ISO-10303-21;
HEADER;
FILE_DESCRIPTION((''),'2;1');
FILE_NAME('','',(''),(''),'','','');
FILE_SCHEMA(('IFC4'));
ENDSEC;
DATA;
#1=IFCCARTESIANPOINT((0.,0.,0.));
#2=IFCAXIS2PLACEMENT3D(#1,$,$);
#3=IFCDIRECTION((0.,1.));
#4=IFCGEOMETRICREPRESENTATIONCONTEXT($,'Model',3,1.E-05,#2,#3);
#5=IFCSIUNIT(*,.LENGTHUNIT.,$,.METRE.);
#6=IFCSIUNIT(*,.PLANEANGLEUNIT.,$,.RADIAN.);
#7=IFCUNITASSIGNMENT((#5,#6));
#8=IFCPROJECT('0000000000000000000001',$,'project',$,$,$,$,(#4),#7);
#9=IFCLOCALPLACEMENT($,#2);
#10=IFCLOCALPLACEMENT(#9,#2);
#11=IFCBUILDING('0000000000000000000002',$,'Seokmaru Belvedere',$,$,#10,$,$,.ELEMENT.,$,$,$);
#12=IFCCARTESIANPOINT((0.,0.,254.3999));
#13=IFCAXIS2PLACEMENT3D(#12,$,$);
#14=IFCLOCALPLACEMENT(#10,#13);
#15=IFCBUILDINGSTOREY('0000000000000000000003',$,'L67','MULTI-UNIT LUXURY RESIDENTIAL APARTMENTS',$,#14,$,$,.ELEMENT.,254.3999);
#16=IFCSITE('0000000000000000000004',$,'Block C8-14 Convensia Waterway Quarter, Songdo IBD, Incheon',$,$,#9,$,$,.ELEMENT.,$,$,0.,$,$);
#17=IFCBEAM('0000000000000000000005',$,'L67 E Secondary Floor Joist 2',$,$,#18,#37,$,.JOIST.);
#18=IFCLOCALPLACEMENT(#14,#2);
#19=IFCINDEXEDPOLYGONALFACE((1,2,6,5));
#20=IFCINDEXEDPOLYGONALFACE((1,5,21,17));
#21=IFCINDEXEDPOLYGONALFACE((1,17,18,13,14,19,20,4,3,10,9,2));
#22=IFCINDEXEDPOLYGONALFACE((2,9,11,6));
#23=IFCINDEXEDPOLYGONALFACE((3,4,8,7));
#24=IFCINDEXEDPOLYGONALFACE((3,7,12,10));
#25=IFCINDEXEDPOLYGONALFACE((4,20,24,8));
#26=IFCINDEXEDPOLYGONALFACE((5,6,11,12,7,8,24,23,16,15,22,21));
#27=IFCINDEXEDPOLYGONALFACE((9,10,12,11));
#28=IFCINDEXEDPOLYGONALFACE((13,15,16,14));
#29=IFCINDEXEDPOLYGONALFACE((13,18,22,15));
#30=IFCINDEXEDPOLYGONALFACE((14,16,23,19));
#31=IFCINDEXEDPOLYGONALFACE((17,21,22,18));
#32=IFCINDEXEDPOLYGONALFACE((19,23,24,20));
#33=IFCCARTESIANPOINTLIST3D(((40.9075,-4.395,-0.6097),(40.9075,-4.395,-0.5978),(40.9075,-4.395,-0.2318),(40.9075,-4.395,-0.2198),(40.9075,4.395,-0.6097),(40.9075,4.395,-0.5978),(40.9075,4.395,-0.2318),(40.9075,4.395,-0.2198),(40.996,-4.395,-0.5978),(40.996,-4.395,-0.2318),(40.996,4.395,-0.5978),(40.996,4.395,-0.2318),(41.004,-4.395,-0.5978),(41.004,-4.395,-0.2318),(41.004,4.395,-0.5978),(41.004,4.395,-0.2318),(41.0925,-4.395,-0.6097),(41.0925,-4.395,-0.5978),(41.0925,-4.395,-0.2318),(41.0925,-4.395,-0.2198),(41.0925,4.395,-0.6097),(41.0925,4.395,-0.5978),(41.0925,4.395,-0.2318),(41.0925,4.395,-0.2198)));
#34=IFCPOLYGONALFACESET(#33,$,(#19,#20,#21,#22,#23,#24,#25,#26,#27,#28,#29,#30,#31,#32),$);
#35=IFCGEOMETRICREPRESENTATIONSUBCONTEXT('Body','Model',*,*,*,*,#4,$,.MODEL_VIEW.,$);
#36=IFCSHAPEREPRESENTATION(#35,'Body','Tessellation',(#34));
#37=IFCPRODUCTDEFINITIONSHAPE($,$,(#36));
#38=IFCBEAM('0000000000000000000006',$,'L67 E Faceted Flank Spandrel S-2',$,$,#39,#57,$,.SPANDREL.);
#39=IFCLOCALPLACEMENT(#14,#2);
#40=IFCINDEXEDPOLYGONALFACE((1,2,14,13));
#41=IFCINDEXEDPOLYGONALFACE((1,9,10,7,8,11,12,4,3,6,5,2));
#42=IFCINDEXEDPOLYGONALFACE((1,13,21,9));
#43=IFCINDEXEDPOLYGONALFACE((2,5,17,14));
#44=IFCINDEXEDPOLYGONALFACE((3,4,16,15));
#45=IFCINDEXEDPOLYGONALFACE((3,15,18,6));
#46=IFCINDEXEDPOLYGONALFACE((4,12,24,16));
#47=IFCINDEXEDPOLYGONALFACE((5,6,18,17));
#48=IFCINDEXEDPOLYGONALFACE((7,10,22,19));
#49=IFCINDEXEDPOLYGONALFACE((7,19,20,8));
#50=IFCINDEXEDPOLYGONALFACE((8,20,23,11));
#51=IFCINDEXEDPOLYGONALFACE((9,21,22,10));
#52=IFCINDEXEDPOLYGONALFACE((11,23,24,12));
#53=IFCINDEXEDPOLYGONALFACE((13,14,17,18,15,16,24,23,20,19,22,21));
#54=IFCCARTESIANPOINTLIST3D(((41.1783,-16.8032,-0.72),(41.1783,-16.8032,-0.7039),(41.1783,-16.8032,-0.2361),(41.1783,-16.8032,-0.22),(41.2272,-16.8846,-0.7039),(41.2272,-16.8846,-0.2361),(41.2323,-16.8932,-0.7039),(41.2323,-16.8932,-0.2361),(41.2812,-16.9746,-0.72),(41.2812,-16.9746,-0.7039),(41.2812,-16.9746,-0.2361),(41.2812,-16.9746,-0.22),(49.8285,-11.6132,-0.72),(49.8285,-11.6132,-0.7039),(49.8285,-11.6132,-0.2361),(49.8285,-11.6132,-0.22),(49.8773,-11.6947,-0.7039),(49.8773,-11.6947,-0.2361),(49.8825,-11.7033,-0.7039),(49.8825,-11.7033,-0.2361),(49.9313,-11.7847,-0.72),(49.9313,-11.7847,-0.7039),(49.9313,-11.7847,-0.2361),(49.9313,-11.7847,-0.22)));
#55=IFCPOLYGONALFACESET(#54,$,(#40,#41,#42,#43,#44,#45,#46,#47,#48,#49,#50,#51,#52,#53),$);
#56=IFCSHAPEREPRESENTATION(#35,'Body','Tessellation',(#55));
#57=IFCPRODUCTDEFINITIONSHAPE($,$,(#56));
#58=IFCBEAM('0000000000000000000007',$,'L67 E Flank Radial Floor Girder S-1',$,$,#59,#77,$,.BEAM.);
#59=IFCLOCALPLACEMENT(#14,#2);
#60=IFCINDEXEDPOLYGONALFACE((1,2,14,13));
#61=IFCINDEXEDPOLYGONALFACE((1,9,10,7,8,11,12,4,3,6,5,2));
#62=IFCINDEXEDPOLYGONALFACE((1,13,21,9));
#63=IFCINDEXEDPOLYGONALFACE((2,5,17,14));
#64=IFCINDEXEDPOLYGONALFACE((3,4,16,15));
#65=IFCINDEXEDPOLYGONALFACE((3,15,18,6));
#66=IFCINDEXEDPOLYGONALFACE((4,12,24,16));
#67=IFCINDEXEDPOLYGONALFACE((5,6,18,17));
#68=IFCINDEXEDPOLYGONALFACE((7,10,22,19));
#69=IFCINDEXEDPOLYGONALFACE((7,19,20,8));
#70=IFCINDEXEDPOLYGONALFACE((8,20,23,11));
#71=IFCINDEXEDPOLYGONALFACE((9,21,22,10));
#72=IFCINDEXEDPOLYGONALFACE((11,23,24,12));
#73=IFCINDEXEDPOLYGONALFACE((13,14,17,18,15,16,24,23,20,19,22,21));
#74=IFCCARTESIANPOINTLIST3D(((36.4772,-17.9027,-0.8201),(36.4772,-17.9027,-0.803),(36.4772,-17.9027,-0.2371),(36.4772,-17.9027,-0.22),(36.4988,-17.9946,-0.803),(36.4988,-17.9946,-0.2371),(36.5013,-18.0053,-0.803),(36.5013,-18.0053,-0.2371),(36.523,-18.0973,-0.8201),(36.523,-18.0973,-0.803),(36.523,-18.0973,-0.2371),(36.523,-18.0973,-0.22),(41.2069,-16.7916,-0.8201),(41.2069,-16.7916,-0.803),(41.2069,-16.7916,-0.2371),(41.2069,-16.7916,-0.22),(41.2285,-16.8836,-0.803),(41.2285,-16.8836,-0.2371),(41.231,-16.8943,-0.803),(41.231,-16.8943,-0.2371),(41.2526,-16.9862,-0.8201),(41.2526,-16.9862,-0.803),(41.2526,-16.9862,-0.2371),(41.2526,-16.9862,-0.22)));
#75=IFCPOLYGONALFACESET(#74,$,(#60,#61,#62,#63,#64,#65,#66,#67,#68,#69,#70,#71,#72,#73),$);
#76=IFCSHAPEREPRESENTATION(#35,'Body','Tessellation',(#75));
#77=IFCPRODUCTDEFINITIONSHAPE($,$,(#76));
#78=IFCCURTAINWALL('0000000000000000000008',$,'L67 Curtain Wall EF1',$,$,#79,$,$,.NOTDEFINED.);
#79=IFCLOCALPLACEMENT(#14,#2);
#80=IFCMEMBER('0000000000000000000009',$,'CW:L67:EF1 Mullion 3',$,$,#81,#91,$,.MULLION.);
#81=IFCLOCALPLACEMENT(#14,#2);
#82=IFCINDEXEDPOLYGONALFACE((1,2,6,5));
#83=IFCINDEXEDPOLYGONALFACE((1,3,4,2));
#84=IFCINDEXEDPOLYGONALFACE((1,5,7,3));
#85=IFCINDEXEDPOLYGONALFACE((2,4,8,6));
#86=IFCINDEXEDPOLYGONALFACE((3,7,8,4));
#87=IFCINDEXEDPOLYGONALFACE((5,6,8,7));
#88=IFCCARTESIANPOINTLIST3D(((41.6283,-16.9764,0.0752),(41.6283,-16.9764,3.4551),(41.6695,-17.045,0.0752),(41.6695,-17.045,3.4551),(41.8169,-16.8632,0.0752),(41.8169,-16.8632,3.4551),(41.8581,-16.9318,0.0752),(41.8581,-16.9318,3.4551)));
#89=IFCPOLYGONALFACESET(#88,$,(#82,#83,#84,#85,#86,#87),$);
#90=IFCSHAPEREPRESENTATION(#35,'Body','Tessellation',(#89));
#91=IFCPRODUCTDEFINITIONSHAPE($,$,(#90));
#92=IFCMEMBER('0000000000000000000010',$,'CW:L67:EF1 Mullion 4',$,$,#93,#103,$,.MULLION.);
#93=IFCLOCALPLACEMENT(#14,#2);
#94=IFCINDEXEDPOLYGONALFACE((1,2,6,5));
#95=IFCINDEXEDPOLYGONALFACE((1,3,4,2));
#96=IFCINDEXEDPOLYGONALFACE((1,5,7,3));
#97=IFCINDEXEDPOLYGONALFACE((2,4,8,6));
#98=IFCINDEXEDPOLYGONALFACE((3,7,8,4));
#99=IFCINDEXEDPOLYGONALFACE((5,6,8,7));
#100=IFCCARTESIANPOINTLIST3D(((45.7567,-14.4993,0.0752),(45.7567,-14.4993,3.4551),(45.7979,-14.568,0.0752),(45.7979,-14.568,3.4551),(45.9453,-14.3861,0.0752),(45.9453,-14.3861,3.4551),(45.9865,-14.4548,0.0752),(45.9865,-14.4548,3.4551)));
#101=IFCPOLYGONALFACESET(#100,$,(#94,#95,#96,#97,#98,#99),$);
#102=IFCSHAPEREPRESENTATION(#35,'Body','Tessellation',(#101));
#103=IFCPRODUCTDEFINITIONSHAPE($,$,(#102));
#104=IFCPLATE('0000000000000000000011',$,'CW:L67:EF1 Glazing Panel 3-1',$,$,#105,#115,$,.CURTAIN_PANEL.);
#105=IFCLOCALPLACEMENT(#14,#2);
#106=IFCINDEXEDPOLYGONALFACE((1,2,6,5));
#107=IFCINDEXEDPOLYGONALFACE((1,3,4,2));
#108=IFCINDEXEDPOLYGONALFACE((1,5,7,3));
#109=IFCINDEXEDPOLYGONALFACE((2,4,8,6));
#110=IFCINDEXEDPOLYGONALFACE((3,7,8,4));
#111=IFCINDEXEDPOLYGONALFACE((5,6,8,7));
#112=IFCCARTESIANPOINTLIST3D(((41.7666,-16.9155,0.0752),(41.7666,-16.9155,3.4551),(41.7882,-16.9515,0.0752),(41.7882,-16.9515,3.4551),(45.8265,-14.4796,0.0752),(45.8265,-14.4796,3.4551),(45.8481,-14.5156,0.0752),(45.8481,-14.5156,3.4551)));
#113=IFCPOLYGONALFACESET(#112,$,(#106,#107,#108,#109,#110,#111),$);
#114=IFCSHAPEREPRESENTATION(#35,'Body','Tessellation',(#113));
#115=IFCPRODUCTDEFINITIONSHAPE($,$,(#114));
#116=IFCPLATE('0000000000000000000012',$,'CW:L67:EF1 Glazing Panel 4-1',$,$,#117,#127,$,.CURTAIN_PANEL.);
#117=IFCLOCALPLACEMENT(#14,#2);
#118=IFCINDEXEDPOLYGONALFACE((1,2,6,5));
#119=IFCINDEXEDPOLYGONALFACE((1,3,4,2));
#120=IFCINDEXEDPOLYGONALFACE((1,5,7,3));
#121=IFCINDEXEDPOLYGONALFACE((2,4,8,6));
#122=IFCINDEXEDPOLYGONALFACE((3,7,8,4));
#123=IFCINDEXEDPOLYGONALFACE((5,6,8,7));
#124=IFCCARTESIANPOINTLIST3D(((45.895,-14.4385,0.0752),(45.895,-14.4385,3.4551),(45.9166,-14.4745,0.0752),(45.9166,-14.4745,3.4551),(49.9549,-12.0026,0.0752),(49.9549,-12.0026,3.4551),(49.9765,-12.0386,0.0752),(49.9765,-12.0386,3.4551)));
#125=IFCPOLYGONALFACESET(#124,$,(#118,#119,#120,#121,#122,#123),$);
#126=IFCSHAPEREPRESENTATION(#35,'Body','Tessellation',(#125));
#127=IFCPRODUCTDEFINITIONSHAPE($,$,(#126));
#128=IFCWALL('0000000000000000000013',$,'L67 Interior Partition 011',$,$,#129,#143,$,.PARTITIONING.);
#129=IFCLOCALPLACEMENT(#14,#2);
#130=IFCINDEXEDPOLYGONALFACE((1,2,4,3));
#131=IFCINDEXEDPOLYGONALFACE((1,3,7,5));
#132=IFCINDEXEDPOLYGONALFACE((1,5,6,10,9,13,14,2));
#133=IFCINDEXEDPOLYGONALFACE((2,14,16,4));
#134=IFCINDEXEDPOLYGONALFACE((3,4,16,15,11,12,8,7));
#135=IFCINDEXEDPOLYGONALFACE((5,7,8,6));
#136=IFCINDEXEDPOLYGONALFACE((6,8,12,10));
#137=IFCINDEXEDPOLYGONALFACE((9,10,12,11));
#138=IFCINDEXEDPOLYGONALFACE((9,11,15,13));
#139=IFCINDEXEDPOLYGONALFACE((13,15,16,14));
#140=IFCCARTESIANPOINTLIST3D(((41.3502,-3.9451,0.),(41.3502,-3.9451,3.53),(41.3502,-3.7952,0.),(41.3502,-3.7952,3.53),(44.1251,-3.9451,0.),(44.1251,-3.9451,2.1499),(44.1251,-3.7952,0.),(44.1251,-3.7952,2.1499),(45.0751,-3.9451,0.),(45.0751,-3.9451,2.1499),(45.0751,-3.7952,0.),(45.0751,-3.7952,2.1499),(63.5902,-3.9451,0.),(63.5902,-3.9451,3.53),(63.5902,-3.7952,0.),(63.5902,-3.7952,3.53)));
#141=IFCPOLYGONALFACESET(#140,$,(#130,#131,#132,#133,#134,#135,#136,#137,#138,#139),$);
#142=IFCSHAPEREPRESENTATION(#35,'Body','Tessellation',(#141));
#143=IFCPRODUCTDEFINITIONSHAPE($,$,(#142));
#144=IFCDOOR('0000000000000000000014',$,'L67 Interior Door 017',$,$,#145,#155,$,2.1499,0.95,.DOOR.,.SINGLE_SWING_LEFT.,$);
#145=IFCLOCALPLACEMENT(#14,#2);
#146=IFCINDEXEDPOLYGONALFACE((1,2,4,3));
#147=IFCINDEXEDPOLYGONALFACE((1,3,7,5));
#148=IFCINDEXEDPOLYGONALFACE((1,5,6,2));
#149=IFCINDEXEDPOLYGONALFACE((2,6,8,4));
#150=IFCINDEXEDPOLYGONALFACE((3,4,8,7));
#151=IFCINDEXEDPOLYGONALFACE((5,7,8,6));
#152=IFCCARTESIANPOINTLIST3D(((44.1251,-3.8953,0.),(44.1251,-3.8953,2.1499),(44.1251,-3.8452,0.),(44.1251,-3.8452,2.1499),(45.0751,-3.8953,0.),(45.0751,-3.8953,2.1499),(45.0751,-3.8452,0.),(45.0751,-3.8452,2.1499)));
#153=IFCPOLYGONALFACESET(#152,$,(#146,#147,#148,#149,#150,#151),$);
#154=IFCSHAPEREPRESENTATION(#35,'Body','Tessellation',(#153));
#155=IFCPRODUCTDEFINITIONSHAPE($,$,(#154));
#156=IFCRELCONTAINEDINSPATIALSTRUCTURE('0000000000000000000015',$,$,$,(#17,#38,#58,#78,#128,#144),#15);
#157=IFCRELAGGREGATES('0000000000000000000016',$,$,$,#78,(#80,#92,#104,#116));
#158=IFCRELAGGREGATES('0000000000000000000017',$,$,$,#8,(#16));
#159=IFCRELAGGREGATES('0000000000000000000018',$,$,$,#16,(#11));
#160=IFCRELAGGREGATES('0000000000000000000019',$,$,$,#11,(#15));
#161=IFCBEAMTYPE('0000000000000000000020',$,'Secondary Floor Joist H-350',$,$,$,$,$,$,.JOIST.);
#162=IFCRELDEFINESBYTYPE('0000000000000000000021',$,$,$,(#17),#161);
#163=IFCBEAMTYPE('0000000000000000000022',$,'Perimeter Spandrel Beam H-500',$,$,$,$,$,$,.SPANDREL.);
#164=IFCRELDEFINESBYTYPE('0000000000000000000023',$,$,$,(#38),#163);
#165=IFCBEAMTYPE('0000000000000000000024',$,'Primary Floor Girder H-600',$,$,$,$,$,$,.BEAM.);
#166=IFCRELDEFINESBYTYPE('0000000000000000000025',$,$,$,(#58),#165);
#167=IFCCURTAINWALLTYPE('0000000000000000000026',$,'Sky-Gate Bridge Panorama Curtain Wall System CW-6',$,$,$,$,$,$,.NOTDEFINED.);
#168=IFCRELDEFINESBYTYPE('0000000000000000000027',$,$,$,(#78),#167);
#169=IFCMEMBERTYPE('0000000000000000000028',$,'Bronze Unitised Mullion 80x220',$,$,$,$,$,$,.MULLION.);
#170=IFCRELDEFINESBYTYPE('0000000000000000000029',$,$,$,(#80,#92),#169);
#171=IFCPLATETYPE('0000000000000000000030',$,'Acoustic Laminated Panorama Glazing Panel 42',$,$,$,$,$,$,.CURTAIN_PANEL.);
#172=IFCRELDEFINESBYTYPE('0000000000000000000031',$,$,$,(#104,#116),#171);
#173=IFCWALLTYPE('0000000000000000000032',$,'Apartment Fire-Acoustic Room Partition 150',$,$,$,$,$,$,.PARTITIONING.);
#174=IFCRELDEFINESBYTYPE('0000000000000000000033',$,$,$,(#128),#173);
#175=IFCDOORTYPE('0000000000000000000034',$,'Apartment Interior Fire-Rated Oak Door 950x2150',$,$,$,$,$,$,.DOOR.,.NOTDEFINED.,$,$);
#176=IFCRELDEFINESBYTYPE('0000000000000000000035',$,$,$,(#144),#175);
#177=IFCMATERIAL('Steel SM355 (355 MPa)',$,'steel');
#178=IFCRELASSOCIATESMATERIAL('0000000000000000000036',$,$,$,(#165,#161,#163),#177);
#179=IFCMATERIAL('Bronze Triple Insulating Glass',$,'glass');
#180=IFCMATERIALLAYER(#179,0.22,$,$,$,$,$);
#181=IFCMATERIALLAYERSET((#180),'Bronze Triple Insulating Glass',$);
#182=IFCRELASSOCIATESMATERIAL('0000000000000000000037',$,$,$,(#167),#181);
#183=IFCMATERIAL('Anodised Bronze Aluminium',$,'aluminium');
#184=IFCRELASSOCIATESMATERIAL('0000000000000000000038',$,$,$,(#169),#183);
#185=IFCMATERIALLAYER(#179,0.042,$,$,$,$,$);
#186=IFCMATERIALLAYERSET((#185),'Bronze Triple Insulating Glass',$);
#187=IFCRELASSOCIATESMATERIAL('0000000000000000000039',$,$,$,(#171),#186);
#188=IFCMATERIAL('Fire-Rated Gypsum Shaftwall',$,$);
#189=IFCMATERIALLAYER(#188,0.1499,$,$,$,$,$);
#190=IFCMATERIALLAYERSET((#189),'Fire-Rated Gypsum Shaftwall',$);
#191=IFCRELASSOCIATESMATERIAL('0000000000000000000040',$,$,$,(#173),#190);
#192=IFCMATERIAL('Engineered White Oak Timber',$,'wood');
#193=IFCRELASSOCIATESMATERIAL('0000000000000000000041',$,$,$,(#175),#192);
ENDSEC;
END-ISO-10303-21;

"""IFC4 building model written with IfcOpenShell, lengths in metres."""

from ifc_helpers import new_model, si_unit, direction, frame, frame_2d, origin, origin_2d, place, context, subcontext, project, spatial, rectangle, i_section, extrude, source, transform, mapped, material, layer, layer_set, material_profile, profile_set, type_object, type_shapes, element, fill, aggregate, save


model = new_model("IFC4")

# Units and contexts
model_context = context("Model", 3, precision=1e-05, world=origin(), true_north=direction((0.0, 1.0)))
body_context = subcontext(model_context, "Body", "Model", "MODEL_VIEW")
ifc_project = project(units=[si_unit("LENGTHUNIT", "METRE"), si_unit("PLANEANGLEUNIT", "RADIAN")], contexts=[model_context])

# Site, building, storey
site_placement = place(None, origin())
site = spatial("IfcSite", under=ifc_project, at=site_placement, Name="Block C8-14 Convensia Waterway Quarter, Songdo IBD, Incheon", CompositionType="ELEMENT", RefElevation=0.0)
building_placement = place(site_placement, origin())
building = spatial("IfcBuilding", under=site, at=building_placement, Name="Seokmaru Belvedere", CompositionType="ELEMENT")
storey_placement = place(building_placement, frame((0.0, 0.0, 254.3999)))
storey = spatial("IfcBuildingStorey", under=building, at=storey_placement, Name="L67", Description="MULTI-UNIT LUXURY RESIDENTIAL APARTMENTS", CompositionType="ELEMENT", Elevation=254.3999)

# Shared definitions
ifc_material_1 = material(Name="Steel SM355 (355 MPa)", Category="steel")

# Beams
ifc_material_profile_1 = material_profile(ifc_material_1, i_section(OverallWidth=0.2, OverallDepth=0.6001, WebThickness=0.011, FlangeThickness=0.0171, at=origin_2d()), Name="H-600x200x11x17")
ifc_profile_set_1 = profile_set([ifc_material_profile_1], Name="Steel SM355 (355 MPa)")
beam_type_1 = type_object("IfcBeamType", Name="Primary Floor Girder H-600", PredefinedType="BEAM", material=ifc_profile_set_1)
ifc_material_profile_2 = material_profile(ifc_material_1, i_section(OverallWidth=0.1851, OverallDepth=0.3899, WebThickness=0.0081, FlangeThickness=0.012, at=origin_2d()), Name="H-390x185x8x12")
ifc_profile_set_2 = profile_set([ifc_material_profile_2], Name="Steel SM355 (355 MPa)")
beam_type_2 = type_object("IfcBeamType", Name="Secondary Floor Joist H-350", PredefinedType="JOIST", material=ifc_profile_set_2)
shared_shape_1 = source(origin(), body_context, "Body", "SweptSolid", [
    extrude(i_section(OverallWidth=0.1851, OverallDepth=0.3899, WebThickness=0.0081, FlangeThickness=0.012, at=origin_2d()), origin(), (0.0, 0.0, 1.0), 8.79),
])
type_shapes(beam_type_2, [shared_shape_1])
for number, where, z_axis, x_axis, name in (
    (1, (41.0, -4.395, -0.4148), (0.0, 1.0, 0.0), (-1.0, 0.0, 0.0), "L67 E Secondary Floor Joist 2"),
):
    element("IfcBeam", number, at=place(storey_placement, frame(where, z_axis=z_axis, x_axis=x_axis)), inside=storey, type_object=beam_type_2, Name=name, PredefinedType="JOIST", context=body_context, shape_type="MappedRepresentation", body=[
        mapped(shared_shape_1, transform((0.0, 0.0, 0.0), scale=1.0)),
    ])
ifc_material_profile_3 = material_profile(ifc_material_1, i_section(OverallWidth=0.2, OverallDepth=0.5, WebThickness=0.01, FlangeThickness=0.0161, at=origin_2d()), Name="H-500x200x10x16")
ifc_profile_set_3 = profile_set([ifc_material_profile_3], Name="Steel SM355 (355 MPa)")
beam_type_3 = type_object("IfcBeamType", Name="Perimeter Spandrel Beam H-500", PredefinedType="SPANDREL", material=ifc_profile_set_3)
shared_shape_2 = source(origin(), body_context, "Body", "SweptSolid", [
    extrude(i_section(OverallWidth=0.2, OverallDepth=0.5, WebThickness=0.01, FlangeThickness=0.0161, at=origin_2d()), origin(), (0.0, 0.0, 1.0), 10.0876),
])
type_shapes(beam_type_3, [shared_shape_2])
beam_1_placement = place(storey_placement, frame((41.2297, -16.8889, -0.47), z_axis=(0.857499, 0.514485, 0.0), x_axis=(-0.514485, 0.857499, 0.0)))
element("IfcBeam", 2, at=beam_1_placement, inside=storey, type_object=beam_type_3, Name="L67 E Faceted Flank Spandrel S-2", PredefinedType="SPANDREL", context=body_context, shape_type="MappedRepresentation", body=[
    mapped(shared_shape_2, transform((0.0, 0.0, 0.0), scale=1.0)),
])
shared_shape_3 = source(origin(), body_context, "Body", "SweptSolid", [
    extrude(i_section(OverallWidth=0.2, OverallDepth=0.6001, WebThickness=0.011, FlangeThickness=0.0171, at=origin_2d()), origin(), (0.0, 0.0, 1.0), 4.8584),
])
beam_2_placement = place(storey_placement, frame((41.2297, -16.8889, -0.52), z_axis=(-0.973499, -0.228689, 0.0), x_axis=(0.228689, -0.973499, 0.0)))
element("IfcBeam", 3, at=beam_2_placement, inside=storey, type_object=beam_type_1, Name="L67 E Flank Radial Floor Girder S-1", PredefinedType="BEAM", context=body_context, shape_type="MappedRepresentation", body=[
    mapped(shared_shape_3, transform((0.0, 0.0, 0.0), scale=1.0)),
])

# Curtain wall, members, plates
ifc_material_2 = material(Name="Bronze Triple Insulating Glass", Category="glass")
ifc_layer_1 = layer(ifc_material_2, 0.22)
ifc_layer_set_1 = layer_set([ifc_layer_1], Name="Bronze Triple Insulating Glass")
curtain_wall_type = type_object("IfcCurtainWallType", Name="Sky-Gate Bridge Panorama Curtain Wall System CW-6", PredefinedType="NOTDEFINED", material=ifc_layer_set_1)
curtain_wall_placement = place(storey_placement, origin())
curtain_wall = element("IfcCurtainWall", 4, at=curtain_wall_placement, inside=storey, type_object=curtain_wall_type, Name="L67 Curtain Wall EF1", PredefinedType="NOTDEFINED")
ifc_material_3 = material(Name="Anodised Bronze Aluminium", Category="aluminium")
ifc_material_profile_4 = material_profile(ifc_material_3, rectangle(XDim=0.0801, YDim=0.22, at=origin_2d()), Name="CW-M-80x220")
ifc_profile_set_4 = profile_set([ifc_material_profile_4], Name="Anodised Bronze Aluminium")
member_type = type_object("IfcMemberType", Name="Bronze Unitised Mullion 80x220", PredefinedType="MULLION", material=ifc_profile_set_4)
shared_shape_4 = source(origin(), body_context, "Body", "SweptSolid", [
    extrude(rectangle(XDim=0.0801, YDim=0.22, at=origin_2d()), origin(), (0.0, 0.0, 1.0), 3.3799),
])
type_shapes(member_type, [shared_shape_4])
member_1_placement = place(storey_placement, frame((41.7432, -16.9541, 0.0752), z_axis=(0.0, 0.0, 1.0), x_axis=(-0.514495, 0.857493, 0.0)))
member_1 = element("IfcMember", 5, at=member_1_placement, type_object=member_type, Name="CW:L67:EF1 Mullion 3", PredefinedType="MULLION", context=body_context, shape_type="MappedRepresentation", body=[
    mapped(shared_shape_4, transform((0.0, 0.0, 0.0), scale=1.0)),
])
member_2_placement = place(storey_placement, frame((45.8716, -14.4771, 0.0752), z_axis=(0.0, 0.0, 1.0), x_axis=(-0.514495, 0.857493, 0.0)))
member_2 = element("IfcMember", 6, at=member_2_placement, type_object=member_type, Name="CW:L67:EF1 Mullion 4", PredefinedType="MULLION", context=body_context, shape_type="MappedRepresentation", body=[
    mapped(shared_shape_4, transform((0.0, 0.0, 0.0), scale=1.0)),
])
ifc_layer_2 = layer(ifc_material_2, 0.042)
ifc_layer_set_2 = layer_set([ifc_layer_2], Name="Bronze Triple Insulating Glass")
plate_type = type_object("IfcPlateType", Name="Acoustic Laminated Panorama Glazing Panel 42", PredefinedType="CURTAIN_PANEL", material=ifc_layer_set_2)
shared_shape_5 = source(origin(), body_context, "Body", "SweptSolid", [
    extrude(rectangle(XDim=4.7346, YDim=0.042, at=origin_2d()), origin(), (0.0, 0.0, 1.0), 3.3799),
])
type_shapes(plate_type, [shared_shape_5])
plate_1_placement = place(storey_placement, frame((43.8074, -15.7156, 0.0752), z_axis=(0.0, 0.0, 1.0), x_axis=(0.857493, 0.514495, 0.0)))
plate_1 = element("IfcPlate", 7, at=plate_1_placement, type_object=plate_type, Name="CW:L67:EF1 Glazing Panel 3-1", PredefinedType="CURTAIN_PANEL", context=body_context, shape_type="MappedRepresentation", body=[
    mapped(shared_shape_5, transform((0.0, 0.0, 0.0), scale=1.0)),
])
plate_2_placement = place(storey_placement, frame((47.9358, -13.2385, 0.0752), z_axis=(0.0, 0.0, 1.0), x_axis=(0.857493, 0.514495, 0.0)))
plate_2 = element("IfcPlate", 8, at=plate_2_placement, type_object=plate_type, Name="CW:L67:EF1 Glazing Panel 4-1", PredefinedType="CURTAIN_PANEL", context=body_context, shape_type="MappedRepresentation", body=[
    mapped(shared_shape_5, transform((0.0, 0.0, 0.0), scale=1.0)),
])
aggregate(curtain_wall, [member_1, member_2, plate_1, plate_2])

# Wall, opening, door
ifc_material_4 = material(Name="Fire-Rated Gypsum Shaftwall")
ifc_layer_3 = layer(ifc_material_4, 0.1499)
ifc_layer_set_3 = layer_set([ifc_layer_3], Name="Fire-Rated Gypsum Shaftwall")
wall_type_1 = type_object("IfcWallType", Name="Apartment Fire-Acoustic Room Partition 150", PredefinedType="PARTITIONING", material=ifc_layer_set_3)
wall_1_placement = place(storey_placement, frame((41.3501, -3.8701, 0.0), z_axis=(0.0, 0.0, 1.0), x_axis=(1.0, 0.0, 0.0)))
wall_1 = element("IfcWall", 9, at=wall_1_placement, inside=storey, type_object=wall_type_1, Name="L67 Interior Partition 011", PredefinedType="PARTITIONING", context=body_context, shape_type="SweptSolid", body=[
    extrude(rectangle(XDim=22.24, YDim=0.1499, at=frame_2d((11.1201, 0.0))), origin(), (0.0, 0.0, 1.0), 3.53),
])
opening_1_placement = place(wall_1_placement, frame((2.7749, 0.0, 0.0)))
opening_1 = element("IfcOpeningElement", 10, at=opening_1_placement, cuts=wall_1, PredefinedType="OPENING", context=body_context, shape_type="SweptSolid", body=[
    extrude(rectangle(XDim=0.95, YDim=2.1499, at=frame_2d((0.4751, 1.075))), frame((0.0, 0.085, 0.0), z_axis=(0.0, -1.0, 0.0), x_axis=(1.0, 0.0, 0.0)), (0.0, 0.0, 1.0), 0.1699),
])
ifc_material_5 = material(Name="Engineered White Oak Timber", Category="wood")
door_type = type_object("IfcDoorType", Name="Apartment Interior Fire-Rated Oak Door 950x2150", OperationType="NOTDEFINED", PredefinedType="DOOR", material=ifc_material_5)
shared_shape_6 = source(origin(), body_context, "Body", "SweptSolid", [
    extrude(rectangle(XDim=0.95, YDim=2.1499, at=frame_2d((0.4751, 1.075))), frame((0.0, 0.0249, 0.0), z_axis=(0.0, -1.0, 0.0), x_axis=(1.0, 0.0, 0.0)), (0.0, 0.0, 1.0), 0.05),
])
type_shapes(door_type, [shared_shape_6])
door_1_placement = place(opening_1_placement, origin())
door_1 = element("IfcDoor", 11, at=door_1_placement, inside=storey, type_object=door_type, Name="L67 Interior Door 017", OperationType="SINGLE_SWING_LEFT", OverallHeight=2.1499, OverallWidth=0.95, PredefinedType="DOOR", context=body_context, shape_type="MappedRepresentation", body=[
    mapped(shared_shape_6, transform((0.0, 0.0, 0.0), scale=1.0)),
])
fill(opening_1, door_1)

save(model, "model.ifc")
